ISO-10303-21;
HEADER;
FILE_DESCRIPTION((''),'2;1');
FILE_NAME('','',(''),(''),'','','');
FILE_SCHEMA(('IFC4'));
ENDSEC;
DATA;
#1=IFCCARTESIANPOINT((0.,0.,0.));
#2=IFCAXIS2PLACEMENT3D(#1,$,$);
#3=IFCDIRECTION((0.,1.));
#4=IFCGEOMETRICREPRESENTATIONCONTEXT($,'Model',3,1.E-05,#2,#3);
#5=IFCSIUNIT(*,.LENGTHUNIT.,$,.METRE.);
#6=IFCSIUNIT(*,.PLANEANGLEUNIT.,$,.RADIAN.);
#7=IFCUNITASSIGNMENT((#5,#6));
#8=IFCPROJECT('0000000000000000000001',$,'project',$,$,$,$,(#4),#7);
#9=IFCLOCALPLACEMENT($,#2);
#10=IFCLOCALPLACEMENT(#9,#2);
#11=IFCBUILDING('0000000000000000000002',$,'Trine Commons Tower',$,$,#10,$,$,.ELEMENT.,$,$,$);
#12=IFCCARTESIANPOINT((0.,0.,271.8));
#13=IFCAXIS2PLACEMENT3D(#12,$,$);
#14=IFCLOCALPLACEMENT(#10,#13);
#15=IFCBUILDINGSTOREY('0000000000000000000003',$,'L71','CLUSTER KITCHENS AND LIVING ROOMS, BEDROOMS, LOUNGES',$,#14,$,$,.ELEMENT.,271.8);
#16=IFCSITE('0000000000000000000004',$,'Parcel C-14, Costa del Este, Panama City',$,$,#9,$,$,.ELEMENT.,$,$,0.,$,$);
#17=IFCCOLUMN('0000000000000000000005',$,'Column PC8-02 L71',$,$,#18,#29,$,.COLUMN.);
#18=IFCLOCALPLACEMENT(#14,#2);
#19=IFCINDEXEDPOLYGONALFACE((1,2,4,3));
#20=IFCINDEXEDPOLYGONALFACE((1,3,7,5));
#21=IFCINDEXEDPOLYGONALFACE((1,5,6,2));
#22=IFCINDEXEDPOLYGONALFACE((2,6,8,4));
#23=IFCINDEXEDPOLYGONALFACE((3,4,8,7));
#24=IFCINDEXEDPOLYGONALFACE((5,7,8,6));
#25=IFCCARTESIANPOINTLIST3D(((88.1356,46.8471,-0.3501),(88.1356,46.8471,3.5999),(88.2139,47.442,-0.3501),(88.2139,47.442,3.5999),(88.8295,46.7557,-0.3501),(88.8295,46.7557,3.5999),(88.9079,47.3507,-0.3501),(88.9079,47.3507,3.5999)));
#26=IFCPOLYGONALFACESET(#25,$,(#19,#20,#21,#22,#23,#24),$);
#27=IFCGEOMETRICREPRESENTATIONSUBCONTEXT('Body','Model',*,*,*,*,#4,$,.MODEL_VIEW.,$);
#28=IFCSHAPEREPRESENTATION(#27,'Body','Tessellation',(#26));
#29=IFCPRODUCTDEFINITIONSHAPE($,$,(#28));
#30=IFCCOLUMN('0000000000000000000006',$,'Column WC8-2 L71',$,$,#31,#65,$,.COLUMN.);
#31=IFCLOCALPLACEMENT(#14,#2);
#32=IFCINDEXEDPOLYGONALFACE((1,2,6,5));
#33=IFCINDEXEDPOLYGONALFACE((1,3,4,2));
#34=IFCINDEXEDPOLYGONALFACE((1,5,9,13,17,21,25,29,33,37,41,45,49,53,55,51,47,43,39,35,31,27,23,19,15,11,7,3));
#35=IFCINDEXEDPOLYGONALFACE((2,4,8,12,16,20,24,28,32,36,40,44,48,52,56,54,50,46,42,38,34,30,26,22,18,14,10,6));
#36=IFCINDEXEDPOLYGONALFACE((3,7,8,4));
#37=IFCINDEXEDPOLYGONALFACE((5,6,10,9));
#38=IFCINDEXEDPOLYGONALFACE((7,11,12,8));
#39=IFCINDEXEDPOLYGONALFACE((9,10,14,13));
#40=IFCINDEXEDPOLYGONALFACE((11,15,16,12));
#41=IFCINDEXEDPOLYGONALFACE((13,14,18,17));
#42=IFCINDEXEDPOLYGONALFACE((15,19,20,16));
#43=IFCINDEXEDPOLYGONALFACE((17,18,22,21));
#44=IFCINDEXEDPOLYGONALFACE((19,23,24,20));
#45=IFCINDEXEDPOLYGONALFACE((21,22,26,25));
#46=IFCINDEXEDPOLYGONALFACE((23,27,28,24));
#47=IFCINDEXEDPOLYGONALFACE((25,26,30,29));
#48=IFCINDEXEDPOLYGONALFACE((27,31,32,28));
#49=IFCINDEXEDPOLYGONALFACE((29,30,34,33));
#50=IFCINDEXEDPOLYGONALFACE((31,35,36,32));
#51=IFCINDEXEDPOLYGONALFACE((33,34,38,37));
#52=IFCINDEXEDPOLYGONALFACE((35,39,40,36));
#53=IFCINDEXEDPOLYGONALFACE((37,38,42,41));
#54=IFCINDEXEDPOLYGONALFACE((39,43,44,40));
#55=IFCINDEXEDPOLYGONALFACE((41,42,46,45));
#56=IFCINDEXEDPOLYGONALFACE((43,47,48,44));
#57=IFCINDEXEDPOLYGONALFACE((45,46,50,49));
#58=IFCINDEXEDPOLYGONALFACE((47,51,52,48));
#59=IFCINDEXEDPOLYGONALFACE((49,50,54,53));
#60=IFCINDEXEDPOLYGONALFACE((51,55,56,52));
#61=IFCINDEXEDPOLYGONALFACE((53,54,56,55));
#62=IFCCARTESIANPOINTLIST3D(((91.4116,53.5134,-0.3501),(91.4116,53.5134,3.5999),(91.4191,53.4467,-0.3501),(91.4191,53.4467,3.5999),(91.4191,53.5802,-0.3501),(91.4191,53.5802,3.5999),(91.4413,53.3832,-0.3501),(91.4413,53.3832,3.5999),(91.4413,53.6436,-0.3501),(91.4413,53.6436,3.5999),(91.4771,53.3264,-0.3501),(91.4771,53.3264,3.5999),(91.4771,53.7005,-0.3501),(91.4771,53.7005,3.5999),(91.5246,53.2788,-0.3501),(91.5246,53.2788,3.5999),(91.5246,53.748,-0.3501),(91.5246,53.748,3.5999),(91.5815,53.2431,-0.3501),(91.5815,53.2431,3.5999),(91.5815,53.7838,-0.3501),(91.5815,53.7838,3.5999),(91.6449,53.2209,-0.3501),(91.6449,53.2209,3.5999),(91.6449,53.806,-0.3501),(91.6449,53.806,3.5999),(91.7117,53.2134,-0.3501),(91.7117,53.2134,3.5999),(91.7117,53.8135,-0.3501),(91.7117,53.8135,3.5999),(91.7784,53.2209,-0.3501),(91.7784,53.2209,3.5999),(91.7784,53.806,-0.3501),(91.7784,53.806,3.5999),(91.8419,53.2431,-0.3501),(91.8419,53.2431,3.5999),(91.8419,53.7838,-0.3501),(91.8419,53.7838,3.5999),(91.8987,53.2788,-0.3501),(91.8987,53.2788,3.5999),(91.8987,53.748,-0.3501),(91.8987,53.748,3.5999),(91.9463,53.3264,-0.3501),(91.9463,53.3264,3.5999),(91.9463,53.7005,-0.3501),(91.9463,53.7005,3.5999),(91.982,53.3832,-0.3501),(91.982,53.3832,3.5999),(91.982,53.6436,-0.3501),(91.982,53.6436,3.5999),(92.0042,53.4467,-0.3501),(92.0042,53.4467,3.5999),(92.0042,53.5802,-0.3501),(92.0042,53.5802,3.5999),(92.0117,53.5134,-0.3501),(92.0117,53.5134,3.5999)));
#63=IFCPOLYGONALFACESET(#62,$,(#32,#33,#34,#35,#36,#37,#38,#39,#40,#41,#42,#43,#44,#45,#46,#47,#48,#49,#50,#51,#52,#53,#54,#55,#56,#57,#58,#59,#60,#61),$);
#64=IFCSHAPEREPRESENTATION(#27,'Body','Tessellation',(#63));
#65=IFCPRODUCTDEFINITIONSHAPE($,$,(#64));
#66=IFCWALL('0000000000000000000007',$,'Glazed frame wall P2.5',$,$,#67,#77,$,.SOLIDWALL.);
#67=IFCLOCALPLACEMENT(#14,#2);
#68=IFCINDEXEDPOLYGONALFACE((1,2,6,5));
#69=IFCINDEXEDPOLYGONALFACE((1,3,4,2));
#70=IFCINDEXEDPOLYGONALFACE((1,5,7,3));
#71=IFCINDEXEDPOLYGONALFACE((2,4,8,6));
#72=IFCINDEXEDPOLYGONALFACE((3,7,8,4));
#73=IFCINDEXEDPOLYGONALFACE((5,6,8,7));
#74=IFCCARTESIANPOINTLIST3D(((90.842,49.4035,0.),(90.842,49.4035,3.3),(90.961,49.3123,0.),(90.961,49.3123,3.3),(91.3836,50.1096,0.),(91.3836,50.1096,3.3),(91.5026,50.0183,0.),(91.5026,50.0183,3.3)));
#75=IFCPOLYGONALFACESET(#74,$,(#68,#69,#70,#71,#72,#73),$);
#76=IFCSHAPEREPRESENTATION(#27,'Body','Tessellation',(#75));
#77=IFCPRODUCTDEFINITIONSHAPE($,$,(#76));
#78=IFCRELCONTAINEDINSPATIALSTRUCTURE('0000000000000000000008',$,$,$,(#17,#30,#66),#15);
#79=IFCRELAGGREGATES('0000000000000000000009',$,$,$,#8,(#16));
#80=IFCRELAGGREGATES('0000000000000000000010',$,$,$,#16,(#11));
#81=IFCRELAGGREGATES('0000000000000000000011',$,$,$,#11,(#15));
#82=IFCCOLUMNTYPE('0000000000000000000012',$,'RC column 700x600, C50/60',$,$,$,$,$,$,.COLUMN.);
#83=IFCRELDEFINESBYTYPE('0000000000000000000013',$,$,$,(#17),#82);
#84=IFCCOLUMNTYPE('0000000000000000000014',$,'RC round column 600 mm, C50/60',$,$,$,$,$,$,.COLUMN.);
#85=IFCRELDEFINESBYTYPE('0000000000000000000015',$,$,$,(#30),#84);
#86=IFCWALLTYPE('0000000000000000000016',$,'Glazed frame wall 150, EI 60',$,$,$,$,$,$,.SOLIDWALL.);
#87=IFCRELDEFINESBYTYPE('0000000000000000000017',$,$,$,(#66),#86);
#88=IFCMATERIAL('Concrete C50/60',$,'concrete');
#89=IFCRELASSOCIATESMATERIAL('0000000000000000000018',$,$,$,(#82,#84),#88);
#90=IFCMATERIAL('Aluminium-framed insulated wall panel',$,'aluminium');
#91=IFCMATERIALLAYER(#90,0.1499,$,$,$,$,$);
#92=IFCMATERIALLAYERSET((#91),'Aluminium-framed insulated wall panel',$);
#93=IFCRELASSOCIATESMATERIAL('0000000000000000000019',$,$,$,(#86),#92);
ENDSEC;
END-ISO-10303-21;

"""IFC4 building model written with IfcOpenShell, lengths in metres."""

from ifc_helpers import new_model, si_unit, direction, frame, origin, origin_2d, place, context, subcontext, project, spatial, polyline, rectangle, circle, outline, extrude, material, layer, layer_set, material_profile, profile_set, type_object, element, save


model = new_model("IFC4")

# Units and contexts
model_context = context("Model", 3, precision=1e-05, world=origin(), true_north=direction((0.0, 1.0)))
body_context = subcontext(model_context, "Body", "Model", "MODEL_VIEW")
ifc_project = project(units=[si_unit("LENGTHUNIT", "METRE"), si_unit("PLANEANGLEUNIT", "RADIAN")], contexts=[model_context])

# Site, building, storey
site_placement = place(None, origin())
site = spatial("IfcSite", under=ifc_project, at=site_placement, Name="Parcel C-14, Costa del Este, Panama City", CompositionType="ELEMENT", RefElevation=0.0)
building_placement = place(site_placement, origin())
building = spatial("IfcBuilding", under=site, at=building_placement, Name="Trine Commons Tower", CompositionType="ELEMENT")
storey_placement = place(building_placement, frame((0.0, 0.0, 271.8)))
storey = spatial("IfcBuildingStorey", under=building, at=storey_placement, Name="L71", Description="CLUSTER KITCHENS AND LIVING ROOMS, BEDROOMS, LOUNGES", CompositionType="ELEMENT", Elevation=271.8)

# Columns
ifc_material_1 = material(Name="Concrete C50/60", Category="concrete")
ifc_material_profile_1 = material_profile(ifc_material_1, rectangle(XDim=0.7, YDim=0.6001, at=origin_2d()), Name="RC 700x600")
ifc_profile_set_1 = profile_set([ifc_material_profile_1], Name="Concrete C50/60")
column_type_1 = type_object("IfcColumnType", Name="RC column 700x600, C50/60", PredefinedType="COLUMN", material=ifc_profile_set_1)
column_1_placement = place(storey_placement, frame((88.5217, 47.0989, -0.3501), z_axis=(0.0, 0.0, 1.0), x_axis=(-0.991445, 0.130526, 0.0)))
element("IfcColumn", 1, at=column_1_placement, inside=storey, type_object=column_type_1, Name="Column PC8-02 L71", PredefinedType="COLUMN", context=body_context, shape_type="SweptSolid", body=[
    extrude(rectangle(XDim=0.7, YDim=0.6001, at=origin_2d()), origin(), (0.0, 0.0, 1.0), 3.95),
])
ifc_material_profile_2 = material_profile(ifc_material_1, circle(Radius=0.3, at=origin_2d()), Name="RC round 600")
ifc_profile_set_2 = profile_set([ifc_material_profile_2], Name="Concrete C50/60")
column_type_2 = type_object("IfcColumnType", Name="RC round column 600 mm, C50/60", PredefinedType="COLUMN", material=ifc_profile_set_2)
column_2_placement = place(storey_placement, frame((91.7117, 53.5134, -0.3501), z_axis=(0.0, 0.0, 1.0), x_axis=(1.0, 0.0, 0.0)))
element("IfcColumn", 2, at=column_2_placement, inside=storey, type_object=column_type_2, Name="Column WC8-2 L71", PredefinedType="COLUMN", context=body_context, shape_type="SweptSolid", body=[
    extrude(circle(Radius=0.3, at=origin_2d()), origin(), (0.0, 0.0, 1.0), 3.95),
])

# Wall
ifc_material_2 = material(Name="Aluminium-framed insulated wall panel", Category="aluminium")
ifc_layer_1 = layer(ifc_material_2, 0.1499)
ifc_layer_set_1 = layer_set([ifc_layer_1], Name="Aluminium-framed insulated wall panel")
wall_type_1 = type_object("IfcWallType", Name="Glazed frame wall 150, EI 60", PredefinedType="SOLIDWALL", material=ifc_layer_set_1)
wall_1_placement = place(storey_placement, frame((91.4431, 50.064, 0.0), z_axis=(0.0, 0.0, 1.0), x_axis=(-0.608637, -0.793449, 0.0)))
element("IfcWall", 3, at=wall_1_placement, inside=storey, type_object=wall_type_1, Name="Glazed frame wall P2.5", PredefinedType="SOLIDWALL", context=body_context, shape_type="SweptSolid", body=[
    extrude(outline(polyline([(0.8899, 0.075), (0.0, 0.075), (0.0, -0.075), (0.8899, -0.075), (0.8899, 0.075)])), origin(), (0.0, 0.0, 1.0), 3.3),
])

save(model, "model.ifc")
